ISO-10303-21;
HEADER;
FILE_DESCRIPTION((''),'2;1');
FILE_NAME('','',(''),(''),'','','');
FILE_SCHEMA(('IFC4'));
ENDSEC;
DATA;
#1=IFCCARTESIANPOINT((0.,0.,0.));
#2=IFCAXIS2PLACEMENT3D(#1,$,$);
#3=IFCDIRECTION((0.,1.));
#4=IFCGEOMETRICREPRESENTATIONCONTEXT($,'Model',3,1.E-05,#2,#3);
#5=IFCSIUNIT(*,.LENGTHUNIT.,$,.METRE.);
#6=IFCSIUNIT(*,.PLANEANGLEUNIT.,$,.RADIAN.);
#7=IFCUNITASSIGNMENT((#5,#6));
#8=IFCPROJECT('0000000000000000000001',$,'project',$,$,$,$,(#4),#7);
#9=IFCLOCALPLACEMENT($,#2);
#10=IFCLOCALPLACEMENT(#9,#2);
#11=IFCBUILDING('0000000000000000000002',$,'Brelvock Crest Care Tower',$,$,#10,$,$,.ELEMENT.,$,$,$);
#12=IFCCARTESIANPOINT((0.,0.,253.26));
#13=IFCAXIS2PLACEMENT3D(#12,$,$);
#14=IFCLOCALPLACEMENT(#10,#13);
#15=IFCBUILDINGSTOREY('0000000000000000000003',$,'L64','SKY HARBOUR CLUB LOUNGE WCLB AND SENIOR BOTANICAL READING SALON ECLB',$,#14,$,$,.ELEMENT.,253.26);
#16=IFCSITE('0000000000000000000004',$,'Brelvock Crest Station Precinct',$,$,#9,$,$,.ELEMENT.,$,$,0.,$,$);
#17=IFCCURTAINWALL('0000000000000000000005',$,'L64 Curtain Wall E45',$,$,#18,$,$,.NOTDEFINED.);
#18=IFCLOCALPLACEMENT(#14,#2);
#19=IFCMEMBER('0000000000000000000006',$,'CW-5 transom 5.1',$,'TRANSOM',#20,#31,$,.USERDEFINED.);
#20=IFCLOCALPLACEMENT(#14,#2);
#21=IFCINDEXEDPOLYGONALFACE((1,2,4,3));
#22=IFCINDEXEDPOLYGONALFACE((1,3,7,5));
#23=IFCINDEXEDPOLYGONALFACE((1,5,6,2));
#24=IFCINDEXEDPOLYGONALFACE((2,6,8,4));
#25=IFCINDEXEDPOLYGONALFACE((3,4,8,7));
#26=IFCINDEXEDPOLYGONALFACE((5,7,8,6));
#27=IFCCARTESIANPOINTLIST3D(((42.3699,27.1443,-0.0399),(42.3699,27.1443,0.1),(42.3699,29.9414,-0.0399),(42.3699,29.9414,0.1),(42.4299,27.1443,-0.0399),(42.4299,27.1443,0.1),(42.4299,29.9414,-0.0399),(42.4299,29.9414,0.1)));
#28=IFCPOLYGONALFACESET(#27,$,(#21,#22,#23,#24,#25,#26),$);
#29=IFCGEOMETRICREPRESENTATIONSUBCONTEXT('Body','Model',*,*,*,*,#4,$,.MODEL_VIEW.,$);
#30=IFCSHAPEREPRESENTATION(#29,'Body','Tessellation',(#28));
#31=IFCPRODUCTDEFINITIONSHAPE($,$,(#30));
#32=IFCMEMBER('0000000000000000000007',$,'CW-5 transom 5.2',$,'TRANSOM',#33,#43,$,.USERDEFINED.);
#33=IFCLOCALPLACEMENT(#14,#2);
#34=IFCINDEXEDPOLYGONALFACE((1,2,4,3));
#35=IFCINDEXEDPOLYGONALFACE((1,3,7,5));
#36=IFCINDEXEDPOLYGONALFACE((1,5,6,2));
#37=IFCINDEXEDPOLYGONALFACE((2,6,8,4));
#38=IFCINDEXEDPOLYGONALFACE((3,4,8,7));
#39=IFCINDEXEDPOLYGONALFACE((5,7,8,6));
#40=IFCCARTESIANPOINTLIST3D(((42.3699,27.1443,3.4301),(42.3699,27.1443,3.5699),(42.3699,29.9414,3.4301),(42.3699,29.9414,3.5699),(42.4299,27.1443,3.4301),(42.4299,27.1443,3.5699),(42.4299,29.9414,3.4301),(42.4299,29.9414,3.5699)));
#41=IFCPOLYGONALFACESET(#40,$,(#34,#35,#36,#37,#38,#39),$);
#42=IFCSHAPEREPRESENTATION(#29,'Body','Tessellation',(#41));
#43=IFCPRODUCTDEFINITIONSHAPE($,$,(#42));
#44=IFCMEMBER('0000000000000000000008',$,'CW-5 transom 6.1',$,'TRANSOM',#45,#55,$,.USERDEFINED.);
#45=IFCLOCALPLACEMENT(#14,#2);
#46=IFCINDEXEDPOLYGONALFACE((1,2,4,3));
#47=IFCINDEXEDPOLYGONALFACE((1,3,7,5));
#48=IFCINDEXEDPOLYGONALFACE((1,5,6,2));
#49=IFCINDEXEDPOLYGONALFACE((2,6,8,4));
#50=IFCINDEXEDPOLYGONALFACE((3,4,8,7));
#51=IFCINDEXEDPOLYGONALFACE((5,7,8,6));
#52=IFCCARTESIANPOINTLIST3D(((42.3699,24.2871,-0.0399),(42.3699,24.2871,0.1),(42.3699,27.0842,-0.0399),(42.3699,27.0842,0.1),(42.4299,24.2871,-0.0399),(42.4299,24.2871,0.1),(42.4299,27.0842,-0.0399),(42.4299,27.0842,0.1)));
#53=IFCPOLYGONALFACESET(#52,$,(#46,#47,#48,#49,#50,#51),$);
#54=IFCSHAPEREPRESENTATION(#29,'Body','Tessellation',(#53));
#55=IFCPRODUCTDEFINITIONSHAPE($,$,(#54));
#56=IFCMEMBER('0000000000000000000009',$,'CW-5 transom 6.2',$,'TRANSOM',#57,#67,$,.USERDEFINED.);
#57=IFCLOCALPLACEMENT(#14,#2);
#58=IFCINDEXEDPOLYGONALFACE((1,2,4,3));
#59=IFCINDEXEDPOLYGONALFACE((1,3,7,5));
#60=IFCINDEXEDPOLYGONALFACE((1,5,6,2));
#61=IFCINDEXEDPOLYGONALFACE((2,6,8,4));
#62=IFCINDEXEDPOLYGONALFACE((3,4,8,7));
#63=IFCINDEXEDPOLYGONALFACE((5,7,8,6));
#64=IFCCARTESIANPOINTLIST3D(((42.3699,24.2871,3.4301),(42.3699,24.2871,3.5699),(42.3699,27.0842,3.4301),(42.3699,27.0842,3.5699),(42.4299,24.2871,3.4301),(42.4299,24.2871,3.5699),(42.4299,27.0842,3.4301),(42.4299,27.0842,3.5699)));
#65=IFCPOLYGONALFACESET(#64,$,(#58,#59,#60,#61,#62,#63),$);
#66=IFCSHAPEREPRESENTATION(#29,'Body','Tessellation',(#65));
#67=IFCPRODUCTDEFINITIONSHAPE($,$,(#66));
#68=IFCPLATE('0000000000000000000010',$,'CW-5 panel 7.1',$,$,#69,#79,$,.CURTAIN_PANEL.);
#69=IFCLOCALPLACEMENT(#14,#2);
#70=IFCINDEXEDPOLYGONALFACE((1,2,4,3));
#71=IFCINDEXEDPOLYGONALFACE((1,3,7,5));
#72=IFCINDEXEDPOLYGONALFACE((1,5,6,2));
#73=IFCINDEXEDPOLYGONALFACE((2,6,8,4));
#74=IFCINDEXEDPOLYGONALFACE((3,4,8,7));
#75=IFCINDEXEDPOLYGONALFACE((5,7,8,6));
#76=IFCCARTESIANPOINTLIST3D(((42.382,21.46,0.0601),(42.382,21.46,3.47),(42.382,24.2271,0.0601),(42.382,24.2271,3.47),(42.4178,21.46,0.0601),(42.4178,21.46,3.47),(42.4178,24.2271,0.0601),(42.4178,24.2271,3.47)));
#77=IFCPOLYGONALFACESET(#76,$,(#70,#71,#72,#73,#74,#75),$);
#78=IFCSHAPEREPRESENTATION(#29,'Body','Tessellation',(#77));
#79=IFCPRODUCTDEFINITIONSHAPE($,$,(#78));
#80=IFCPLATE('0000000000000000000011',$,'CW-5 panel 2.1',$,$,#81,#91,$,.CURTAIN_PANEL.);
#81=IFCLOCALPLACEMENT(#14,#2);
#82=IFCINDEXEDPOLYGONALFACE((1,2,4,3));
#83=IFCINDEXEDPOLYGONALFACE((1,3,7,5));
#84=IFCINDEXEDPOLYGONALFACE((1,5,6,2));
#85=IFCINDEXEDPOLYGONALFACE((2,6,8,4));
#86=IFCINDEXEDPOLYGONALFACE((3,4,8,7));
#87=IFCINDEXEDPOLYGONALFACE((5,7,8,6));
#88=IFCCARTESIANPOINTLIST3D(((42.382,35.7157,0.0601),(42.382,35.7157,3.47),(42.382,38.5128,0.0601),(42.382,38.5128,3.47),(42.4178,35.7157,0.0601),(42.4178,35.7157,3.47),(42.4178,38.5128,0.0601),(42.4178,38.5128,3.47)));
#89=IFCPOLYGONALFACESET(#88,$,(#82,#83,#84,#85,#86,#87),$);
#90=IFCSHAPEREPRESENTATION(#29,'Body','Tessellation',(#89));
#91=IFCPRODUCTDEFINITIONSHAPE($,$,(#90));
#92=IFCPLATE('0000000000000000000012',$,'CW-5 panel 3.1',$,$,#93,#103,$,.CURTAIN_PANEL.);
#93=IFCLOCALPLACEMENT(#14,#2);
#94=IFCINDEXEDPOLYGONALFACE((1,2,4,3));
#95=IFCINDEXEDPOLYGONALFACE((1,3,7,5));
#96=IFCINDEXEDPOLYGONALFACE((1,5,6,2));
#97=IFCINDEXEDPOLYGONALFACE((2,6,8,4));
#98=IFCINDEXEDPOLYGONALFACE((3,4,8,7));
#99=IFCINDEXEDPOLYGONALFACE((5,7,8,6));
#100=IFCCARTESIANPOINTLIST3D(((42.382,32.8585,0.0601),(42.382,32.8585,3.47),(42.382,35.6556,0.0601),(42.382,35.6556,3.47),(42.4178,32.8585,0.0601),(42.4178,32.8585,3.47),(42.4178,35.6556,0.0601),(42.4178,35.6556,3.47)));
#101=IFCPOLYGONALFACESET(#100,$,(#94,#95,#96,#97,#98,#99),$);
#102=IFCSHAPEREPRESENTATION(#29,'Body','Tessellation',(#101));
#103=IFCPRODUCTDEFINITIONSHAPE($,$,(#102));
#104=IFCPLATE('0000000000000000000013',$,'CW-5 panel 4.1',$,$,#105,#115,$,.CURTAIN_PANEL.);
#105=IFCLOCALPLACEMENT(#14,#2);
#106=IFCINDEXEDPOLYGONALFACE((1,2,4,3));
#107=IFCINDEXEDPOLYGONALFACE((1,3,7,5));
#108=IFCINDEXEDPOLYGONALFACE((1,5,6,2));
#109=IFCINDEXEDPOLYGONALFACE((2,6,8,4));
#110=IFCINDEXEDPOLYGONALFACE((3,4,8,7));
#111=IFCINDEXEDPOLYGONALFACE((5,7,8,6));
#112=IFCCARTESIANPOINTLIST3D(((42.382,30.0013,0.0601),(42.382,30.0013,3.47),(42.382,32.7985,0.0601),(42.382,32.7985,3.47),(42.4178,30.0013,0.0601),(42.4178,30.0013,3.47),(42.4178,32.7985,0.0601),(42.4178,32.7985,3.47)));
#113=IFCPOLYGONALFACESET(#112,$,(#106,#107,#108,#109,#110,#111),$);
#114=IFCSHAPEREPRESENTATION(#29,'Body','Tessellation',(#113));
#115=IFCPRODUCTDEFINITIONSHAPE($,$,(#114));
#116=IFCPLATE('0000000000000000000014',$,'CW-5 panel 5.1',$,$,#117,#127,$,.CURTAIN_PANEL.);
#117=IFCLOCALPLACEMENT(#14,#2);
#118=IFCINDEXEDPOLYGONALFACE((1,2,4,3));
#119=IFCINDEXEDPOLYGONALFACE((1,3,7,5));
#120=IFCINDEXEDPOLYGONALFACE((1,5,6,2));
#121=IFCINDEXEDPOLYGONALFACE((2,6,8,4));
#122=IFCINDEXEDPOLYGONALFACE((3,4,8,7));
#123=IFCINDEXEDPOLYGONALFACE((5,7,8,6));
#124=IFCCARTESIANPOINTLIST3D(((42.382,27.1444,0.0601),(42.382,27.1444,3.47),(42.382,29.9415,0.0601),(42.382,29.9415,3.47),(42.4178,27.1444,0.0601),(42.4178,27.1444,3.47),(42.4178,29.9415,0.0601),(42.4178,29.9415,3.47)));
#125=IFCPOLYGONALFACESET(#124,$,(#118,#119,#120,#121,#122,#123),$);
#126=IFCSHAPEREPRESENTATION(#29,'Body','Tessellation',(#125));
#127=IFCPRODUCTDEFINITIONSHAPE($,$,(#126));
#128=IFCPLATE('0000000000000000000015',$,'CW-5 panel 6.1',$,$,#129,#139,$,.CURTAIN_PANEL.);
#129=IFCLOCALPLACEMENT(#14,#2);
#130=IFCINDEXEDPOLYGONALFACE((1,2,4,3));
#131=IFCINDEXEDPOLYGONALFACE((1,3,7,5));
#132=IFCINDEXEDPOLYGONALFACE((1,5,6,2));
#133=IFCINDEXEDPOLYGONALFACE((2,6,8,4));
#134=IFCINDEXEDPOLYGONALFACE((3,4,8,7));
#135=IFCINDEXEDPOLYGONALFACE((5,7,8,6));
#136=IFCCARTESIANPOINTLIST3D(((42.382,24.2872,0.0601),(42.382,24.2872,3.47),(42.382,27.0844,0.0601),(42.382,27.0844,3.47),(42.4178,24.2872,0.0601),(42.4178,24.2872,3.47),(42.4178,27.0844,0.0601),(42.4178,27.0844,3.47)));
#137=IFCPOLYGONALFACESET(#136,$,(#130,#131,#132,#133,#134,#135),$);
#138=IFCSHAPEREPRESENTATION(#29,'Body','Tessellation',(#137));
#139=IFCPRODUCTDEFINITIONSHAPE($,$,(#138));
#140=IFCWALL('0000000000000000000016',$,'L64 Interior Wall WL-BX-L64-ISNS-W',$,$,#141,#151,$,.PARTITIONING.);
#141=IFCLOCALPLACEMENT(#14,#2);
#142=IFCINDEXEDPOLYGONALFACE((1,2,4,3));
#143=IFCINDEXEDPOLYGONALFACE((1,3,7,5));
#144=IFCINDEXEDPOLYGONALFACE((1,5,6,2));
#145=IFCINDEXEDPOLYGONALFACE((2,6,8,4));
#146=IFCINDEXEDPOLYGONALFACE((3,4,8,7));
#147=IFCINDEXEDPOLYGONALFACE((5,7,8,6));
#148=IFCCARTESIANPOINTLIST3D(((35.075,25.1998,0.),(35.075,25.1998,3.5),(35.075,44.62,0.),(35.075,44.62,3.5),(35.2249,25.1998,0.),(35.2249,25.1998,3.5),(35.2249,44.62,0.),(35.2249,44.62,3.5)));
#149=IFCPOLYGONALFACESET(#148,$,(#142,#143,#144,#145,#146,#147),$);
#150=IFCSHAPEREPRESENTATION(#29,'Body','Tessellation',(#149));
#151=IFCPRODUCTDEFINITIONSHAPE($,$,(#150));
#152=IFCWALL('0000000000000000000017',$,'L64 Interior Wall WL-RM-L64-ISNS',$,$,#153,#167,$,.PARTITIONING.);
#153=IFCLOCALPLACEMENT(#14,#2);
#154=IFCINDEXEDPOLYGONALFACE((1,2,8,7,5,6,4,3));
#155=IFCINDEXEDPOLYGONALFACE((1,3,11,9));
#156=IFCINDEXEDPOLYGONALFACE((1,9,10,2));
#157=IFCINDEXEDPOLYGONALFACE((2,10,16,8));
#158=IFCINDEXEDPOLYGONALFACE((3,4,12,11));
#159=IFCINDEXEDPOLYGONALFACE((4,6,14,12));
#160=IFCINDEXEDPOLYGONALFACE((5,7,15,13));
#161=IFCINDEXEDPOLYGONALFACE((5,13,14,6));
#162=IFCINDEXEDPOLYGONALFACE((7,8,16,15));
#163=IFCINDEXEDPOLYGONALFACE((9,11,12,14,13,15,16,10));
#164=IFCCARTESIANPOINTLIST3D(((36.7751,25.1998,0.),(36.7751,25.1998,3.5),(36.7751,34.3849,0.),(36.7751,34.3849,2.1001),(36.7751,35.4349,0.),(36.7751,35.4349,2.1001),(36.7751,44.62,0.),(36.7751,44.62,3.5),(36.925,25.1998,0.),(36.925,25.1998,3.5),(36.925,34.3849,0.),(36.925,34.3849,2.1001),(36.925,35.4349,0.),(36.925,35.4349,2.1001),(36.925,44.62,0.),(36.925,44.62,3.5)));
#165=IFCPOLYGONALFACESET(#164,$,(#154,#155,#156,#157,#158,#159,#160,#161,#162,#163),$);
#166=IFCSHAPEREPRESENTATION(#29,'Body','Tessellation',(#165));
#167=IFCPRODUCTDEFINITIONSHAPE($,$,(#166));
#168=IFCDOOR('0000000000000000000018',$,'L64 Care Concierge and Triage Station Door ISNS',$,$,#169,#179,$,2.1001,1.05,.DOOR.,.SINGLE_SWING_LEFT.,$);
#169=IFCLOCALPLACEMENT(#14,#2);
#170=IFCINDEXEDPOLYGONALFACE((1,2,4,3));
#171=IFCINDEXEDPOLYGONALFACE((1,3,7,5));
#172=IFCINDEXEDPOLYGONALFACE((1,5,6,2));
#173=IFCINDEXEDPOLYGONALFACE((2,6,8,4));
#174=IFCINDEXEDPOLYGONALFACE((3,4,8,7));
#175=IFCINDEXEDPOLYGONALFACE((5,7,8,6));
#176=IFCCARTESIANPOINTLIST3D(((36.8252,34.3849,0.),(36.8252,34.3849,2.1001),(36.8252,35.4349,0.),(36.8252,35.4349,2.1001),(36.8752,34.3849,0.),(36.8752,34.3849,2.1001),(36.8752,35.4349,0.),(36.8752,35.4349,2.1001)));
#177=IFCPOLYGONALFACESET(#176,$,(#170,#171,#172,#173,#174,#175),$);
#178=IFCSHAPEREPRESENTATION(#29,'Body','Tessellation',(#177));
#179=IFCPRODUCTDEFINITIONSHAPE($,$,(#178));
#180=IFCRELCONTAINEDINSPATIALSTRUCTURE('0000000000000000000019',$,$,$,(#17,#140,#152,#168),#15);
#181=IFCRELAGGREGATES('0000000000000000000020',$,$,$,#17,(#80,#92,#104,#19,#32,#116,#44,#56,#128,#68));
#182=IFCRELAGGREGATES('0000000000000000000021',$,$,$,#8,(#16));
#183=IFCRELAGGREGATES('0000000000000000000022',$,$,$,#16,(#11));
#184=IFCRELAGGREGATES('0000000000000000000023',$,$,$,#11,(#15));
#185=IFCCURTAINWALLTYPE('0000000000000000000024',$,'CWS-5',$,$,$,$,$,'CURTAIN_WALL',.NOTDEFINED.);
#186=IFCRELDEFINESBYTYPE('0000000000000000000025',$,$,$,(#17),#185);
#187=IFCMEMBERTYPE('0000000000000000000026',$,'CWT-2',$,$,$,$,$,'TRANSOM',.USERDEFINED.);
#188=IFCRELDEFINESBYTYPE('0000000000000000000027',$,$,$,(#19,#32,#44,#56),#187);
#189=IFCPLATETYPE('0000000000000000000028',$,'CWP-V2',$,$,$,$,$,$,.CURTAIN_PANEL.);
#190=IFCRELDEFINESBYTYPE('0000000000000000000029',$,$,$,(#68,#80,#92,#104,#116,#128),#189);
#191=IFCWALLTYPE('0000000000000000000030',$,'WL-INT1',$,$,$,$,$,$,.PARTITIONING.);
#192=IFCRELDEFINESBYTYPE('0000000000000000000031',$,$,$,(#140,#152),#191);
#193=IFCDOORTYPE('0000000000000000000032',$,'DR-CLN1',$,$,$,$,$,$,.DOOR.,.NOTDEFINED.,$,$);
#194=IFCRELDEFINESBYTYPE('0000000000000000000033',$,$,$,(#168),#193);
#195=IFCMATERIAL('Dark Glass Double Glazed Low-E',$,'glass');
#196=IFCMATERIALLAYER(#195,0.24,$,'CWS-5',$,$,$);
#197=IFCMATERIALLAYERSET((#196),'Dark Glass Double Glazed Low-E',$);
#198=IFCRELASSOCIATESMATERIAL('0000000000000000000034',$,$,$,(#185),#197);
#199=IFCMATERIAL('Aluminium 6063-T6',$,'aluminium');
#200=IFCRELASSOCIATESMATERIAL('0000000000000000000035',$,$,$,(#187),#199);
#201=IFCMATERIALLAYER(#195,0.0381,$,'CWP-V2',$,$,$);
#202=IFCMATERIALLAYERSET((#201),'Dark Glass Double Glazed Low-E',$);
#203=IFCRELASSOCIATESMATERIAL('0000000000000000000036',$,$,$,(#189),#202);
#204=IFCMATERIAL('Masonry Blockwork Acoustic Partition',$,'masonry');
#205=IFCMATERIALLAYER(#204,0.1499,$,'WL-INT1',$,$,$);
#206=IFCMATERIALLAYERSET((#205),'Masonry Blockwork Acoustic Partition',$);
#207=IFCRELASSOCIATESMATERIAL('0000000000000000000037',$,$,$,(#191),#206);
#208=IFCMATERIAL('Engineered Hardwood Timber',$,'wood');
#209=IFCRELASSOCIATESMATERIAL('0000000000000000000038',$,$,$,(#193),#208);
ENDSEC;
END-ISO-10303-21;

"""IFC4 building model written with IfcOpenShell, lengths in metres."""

from ifc_helpers import new_model, si_unit, direction, frame, frame_2d, origin, origin_2d, place, context, subcontext, project, spatial, rectangle, extrude, source, transform, mapped, material, layer, layer_set, material_profile, profile_set, type_object, element, fill, aggregate, save


model = new_model("IFC4")

# Units and contexts
model_context = context("Model", 3, precision=1e-05, world=origin(), true_north=direction((0.0, 1.0)))
body_context = subcontext(model_context, "Body", "Model", "MODEL_VIEW")
ifc_project = project(units=[si_unit("LENGTHUNIT", "METRE"), si_unit("PLANEANGLEUNIT", "RADIAN")], contexts=[model_context])

# Site, building, storey
site_placement = place(None, origin())
site = spatial("IfcSite", under=ifc_project, at=site_placement, Name="Brelvock Crest Station Precinct", CompositionType="ELEMENT", RefElevation=0.0)
building_placement = place(site_placement, origin())
building = spatial("IfcBuilding", under=site, at=building_placement, Name="Brelvock Crest Care Tower", CompositionType="ELEMENT")
storey_placement = place(building_placement, frame((0.0, 0.0, 253.26)))
storey = spatial("IfcBuildingStorey", under=building, at=storey_placement, Name="L64", Description="SKY HARBOUR CLUB LOUNGE WCLB AND SENIOR BOTANICAL READING SALON ECLB", CompositionType="ELEMENT", Elevation=253.26)

# Curtain wall, members, plates
ifc_material_1 = material(Name="Dark Glass Double Glazed Low-E", Category="glass")
ifc_layer_1 = layer(ifc_material_1, 0.24, Name="CWS-5")
ifc_layer_set_1 = layer_set([ifc_layer_1], Name="Dark Glass Double Glazed Low-E")
curtain_wall_type = type_object("IfcCurtainWallType", Name="CWS-5", ElementType="CURTAIN_WALL", PredefinedType="NOTDEFINED", material=ifc_layer_set_1)
curtain_wall_placement = place(storey_placement, origin())
curtain_wall = element("IfcCurtainWall", 1, at=curtain_wall_placement, inside=storey, type_object=curtain_wall_type, Name="L64 Curtain Wall E45", PredefinedType="NOTDEFINED")
ifc_material_2 = material(Name="Aluminium 6063-T6", Category="aluminium")
ifc_material_profile_1 = material_profile(ifc_material_2, rectangle(XDim=0.0601, YDim=0.1399, at=origin_2d()), Name="ALU60x140")
ifc_profile_set_1 = profile_set([ifc_material_profile_1], Name="Aluminium 6063-T6")
member_type_1 = type_object("IfcMemberType", Name="CWT-2", ElementType="TRANSOM", PredefinedType="USERDEFINED", material=ifc_profile_set_1)
shared_shape_1 = source(origin(), body_context, "Body", "SweptSolid", [
    extrude(rectangle(XDim=0.0601, YDim=0.1399, at=origin_2d()), origin(), (0.0, 0.0, 1.0), 2.7971),
])
member_1_placement = place(storey_placement, frame((42.3999, 29.9414, 0.03), z_axis=(0.0, -1.0, 0.0), x_axis=(1.0, 0.0, 0.0)))
member_1 = element("IfcMember", 2, at=member_1_placement, type_object=member_type_1, Name="CW-5 transom 5.1", ObjectType="TRANSOM", PredefinedType="USERDEFINED", context=body_context, shape_type="MappedRepresentation", body=[
    mapped(shared_shape_1, transform((0.0, 0.0, 0.0), x_axis=(1.0, 0.0, 0.0), y_axis=(0.0, 1.0, 0.0), z_axis=(0.0, 0.0, 1.0), scale=1.0)),
])
member_2_placement = place(storey_placement, frame((42.3999, 29.9414, 3.5), z_axis=(0.0, -1.0, 0.0), x_axis=(1.0, 0.0, 0.0)))
member_2 = element("IfcMember", 3, at=member_2_placement, type_object=member_type_1, Name="CW-5 transom 5.2", ObjectType="TRANSOM", PredefinedType="USERDEFINED", context=body_context, shape_type="MappedRepresentation", body=[
    mapped(shared_shape_1, transform((0.0, 0.0, 0.0), x_axis=(1.0, 0.0, 0.0), y_axis=(0.0, 1.0, 0.0), z_axis=(0.0, 0.0, 1.0), scale=1.0)),
])
member_3_placement = place(storey_placement, frame((42.3999, 27.0842, 0.03), z_axis=(0.0, -1.0, 0.0), x_axis=(1.0, 0.0, 0.0)))
member_3 = element("IfcMember", 4, at=member_3_placement, type_object=member_type_1, Name="CW-5 transom 6.1", ObjectType="TRANSOM", PredefinedType="USERDEFINED", context=body_context, shape_type="MappedRepresentation", body=[
    mapped(shared_shape_1, transform((0.0, 0.0, 0.0), x_axis=(1.0, 0.0, 0.0), y_axis=(0.0, 1.0, 0.0), z_axis=(0.0, 0.0, 1.0), scale=1.0)),
])
member_4_placement = place(storey_placement, frame((42.3999, 27.0842, 3.5), z_axis=(0.0, -1.0, 0.0), x_axis=(1.0, 0.0, 0.0)))
member_4 = element("IfcMember", 5, at=member_4_placement, type_object=member_type_1, Name="CW-5 transom 6.2", ObjectType="TRANSOM", PredefinedType="USERDEFINED", context=body_context, shape_type="MappedRepresentation", body=[
    mapped(shared_shape_1, transform((0.0, 0.0, 0.0), x_axis=(1.0, 0.0, 0.0), y_axis=(0.0, 1.0, 0.0), z_axis=(0.0, 0.0, 1.0), scale=1.0)),
])
ifc_layer_2 = layer(ifc_material_1, 0.0381, Name="CWP-V2")
ifc_layer_set_2 = layer_set([ifc_layer_2], Name="Dark Glass Double Glazed Low-E")
plate_type = type_object("IfcPlateType", Name="CWP-V2", PredefinedType="CURTAIN_PANEL", material=ifc_layer_set_2)
shared_shape_2 = source(origin(), body_context, "Body", "SweptSolid", [
    extrude(rectangle(XDim=2.7671, YDim=0.0359, at=origin_2d()), origin(), (0.0, 0.0, 1.0), 3.4099),
])
plate_1_placement = place(storey_placement, frame((42.3999, 22.8435, 0.0601), z_axis=(0.0, 0.0, 1.0), x_axis=(0.0, -1.0, 0.0)))
plate_1 = element("IfcPlate", 6, at=plate_1_placement, type_object=plate_type, Name="CW-5 panel 7.1", PredefinedType="CURTAIN_PANEL", context=body_context, shape_type="MappedRepresentation", body=[
    mapped(shared_shape_2, transform((0.0, 0.0, 0.0), x_axis=(1.0, 0.0, 0.0), y_axis=(0.0, 1.0, 0.0), z_axis=(0.0, 0.0, 1.0), scale=1.0)),
])
shared_shape_3 = source(origin(), body_context, "Body", "SweptSolid", [
    extrude(rectangle(XDim=2.7971, YDim=0.0359, at=origin_2d()), origin(), (0.0, 0.0, 1.0), 3.4099),
])
plate_2_placement = place(storey_placement, frame((42.3999, 37.1143, 0.0601), z_axis=(0.0, 0.0, 1.0), x_axis=(0.0, -1.0, 0.0)))
plate_2 = element("IfcPlate", 7, at=plate_2_placement, type_object=plate_type, Name="CW-5 panel 2.1", PredefinedType="CURTAIN_PANEL", context=body_context, shape_type="MappedRepresentation", body=[
    mapped(shared_shape_3, transform((0.0, 0.0, 0.0), x_axis=(1.0, 0.0, 0.0), y_axis=(0.0, 1.0, 0.0), z_axis=(0.0, 0.0, 1.0), scale=1.0)),
])
plate_3_placement = place(storey_placement, frame((42.3999, 34.2571, 0.0601), z_axis=(0.0, 0.0, 1.0), x_axis=(0.0, -1.0, 0.0)))
plate_3 = element("IfcPlate", 8, at=plate_3_placement, type_object=plate_type, Name="CW-5 panel 3.1", PredefinedType="CURTAIN_PANEL", context=body_context, shape_type="MappedRepresentation", body=[
    mapped(shared_shape_3, transform((0.0, 0.0, 0.0), x_axis=(1.0, 0.0, 0.0), y_axis=(0.0, 1.0, 0.0), z_axis=(0.0, 0.0, 1.0), scale=1.0)),
])
plate_4_placement = place(storey_placement, frame((42.3999, 31.3999, 0.0601), z_axis=(0.0, 0.0, 1.0), x_axis=(0.0, -1.0, 0.0)))
plate_4 = element("IfcPlate", 9, at=plate_4_placement, type_object=plate_type, Name="CW-5 panel 4.1", PredefinedType="CURTAIN_PANEL", context=body_context, shape_type="MappedRepresentation", body=[
    mapped(shared_shape_3, transform((0.0, 0.0, 0.0), x_axis=(1.0, 0.0, 0.0), y_axis=(0.0, 1.0, 0.0), z_axis=(0.0, 0.0, 1.0), scale=1.0)),
])
plate_5_placement = place(storey_placement, frame((42.3999, 28.543, 0.0601), z_axis=(0.0, 0.0, 1.0), x_axis=(0.0, -1.0, 0.0)))
plate_5 = element("IfcPlate", 10, at=plate_5_placement, type_object=plate_type, Name="CW-5 panel 5.1", PredefinedType="CURTAIN_PANEL", context=body_context, shape_type="MappedRepresentation", body=[
    mapped(shared_shape_3, transform((0.0, 0.0, 0.0), x_axis=(1.0, 0.0, 0.0), y_axis=(0.0, 1.0, 0.0), z_axis=(0.0, 0.0, 1.0), scale=1.0)),
])
plate_6_placement = place(storey_placement, frame((42.3999, 25.6858, 0.0601), z_axis=(0.0, 0.0, 1.0), x_axis=(0.0, -1.0, 0.0)))
plate_6 = element("IfcPlate", 11, at=plate_6_placement, type_object=plate_type, Name="CW-5 panel 6.1", PredefinedType="CURTAIN_PANEL", context=body_context, shape_type="MappedRepresentation", body=[
    mapped(shared_shape_3, transform((0.0, 0.0, 0.0), x_axis=(1.0, 0.0, 0.0), y_axis=(0.0, 1.0, 0.0), z_axis=(0.0, 0.0, 1.0), scale=1.0)),
])
aggregate(curtain_wall, [plate_2, plate_3, plate_4, member_1, member_2, plate_5, member_3, member_4, plate_6, plate_1])

# Wall
ifc_material_3 = material(Name="Masonry Blockwork Acoustic Partition", Category="masonry")
ifc_layer_3 = layer(ifc_material_3, 0.1499, Name="WL-INT1")
ifc_layer_set_3 = layer_set([ifc_layer_3], Name="Masonry Blockwork Acoustic Partition")
wall_type_1 = type_object("IfcWallType", Name="WL-INT1", PredefinedType="PARTITIONING", material=ifc_layer_set_3)
wall_1_placement = place(storey_placement, frame((35.1499, 25.2, 0.0), z_axis=(0.0, 0.0, 1.0), x_axis=(0.0, 1.0, 0.0)))
element("IfcWall", 12, at=wall_1_placement, inside=storey, type_object=wall_type_1, Name="L64 Interior Wall WL-BX-L64-ISNS-W", PredefinedType="PARTITIONING", context=body_context, shape_type="SweptSolid", body=[
    extrude(rectangle(XDim=19.4202, YDim=0.1499, at=frame_2d((9.71, 0.0))), origin(), (0.0, 0.0, 1.0), 3.5),
])

# Wall, opening, door
wall_2_placement = place(storey_placement, frame((36.8501, 25.2, 0.0), z_axis=(0.0, 0.0, 1.0), x_axis=(0.0, 1.0, 0.0)))
wall_2 = element("IfcWall", 13, at=wall_2_placement, inside=storey, type_object=wall_type_1, Name="L64 Interior Wall WL-RM-L64-ISNS", PredefinedType="PARTITIONING", context=body_context, shape_type="SweptSolid", body=[
    extrude(rectangle(XDim=19.4202, YDim=0.1499, at=frame_2d((9.71, 0.0))), origin(), (0.0, 0.0, 1.0), 3.5),
])
opening_placement = place(wall_2_placement, frame((9.1851, 0.0, 0.0)))
opening = element("IfcOpeningElement", 14, at=opening_placement, cuts=wall_2, PredefinedType="OPENING", context=body_context, shape_type="SweptSolid", body=[
    extrude(rectangle(XDim=1.05, YDim=2.1001, at=origin_2d()), frame((0.5249, 0.085, 1.05), z_axis=(0.0, -1.0, 0.0), x_axis=(1.0, 0.0, 0.0)), (0.0, 0.0, 1.0), 0.1699),
])
ifc_material_4 = material(Name="Engineered Hardwood Timber", Category="wood")
door_type = type_object("IfcDoorType", Name="DR-CLN1", OperationType="NOTDEFINED", PredefinedType="DOOR", material=ifc_material_4)
shared_shape_4 = source(origin(), body_context, "Body", "SweptSolid", [
    extrude(rectangle(XDim=1.05, YDim=2.1001, at=origin_2d()), frame((0.5249, 0.0249, 1.05), z_axis=(0.0, -1.0, 0.0), x_axis=(1.0, 0.0, 0.0)), (0.0, 0.0, 1.0), 0.05),
])
door_placement = place(opening_placement, origin())
door = element("IfcDoor", 15, at=door_placement, inside=storey, type_object=door_type, Name="L64 Care Concierge and Triage Station Door ISNS", OperationType="SINGLE_SWING_LEFT", OverallHeight=2.1001, OverallWidth=1.05, PredefinedType="DOOR", context=body_context, shape_type="MappedRepresentation", body=[
    mapped(shared_shape_4, transform((0.0, 0.0, 0.0), x_axis=(1.0, 0.0, 0.0), y_axis=(0.0, 1.0, 0.0), z_axis=(0.0, 0.0, 1.0), scale=1.0)),
])
fill(opening, door)

save(model, "model.ifc")
